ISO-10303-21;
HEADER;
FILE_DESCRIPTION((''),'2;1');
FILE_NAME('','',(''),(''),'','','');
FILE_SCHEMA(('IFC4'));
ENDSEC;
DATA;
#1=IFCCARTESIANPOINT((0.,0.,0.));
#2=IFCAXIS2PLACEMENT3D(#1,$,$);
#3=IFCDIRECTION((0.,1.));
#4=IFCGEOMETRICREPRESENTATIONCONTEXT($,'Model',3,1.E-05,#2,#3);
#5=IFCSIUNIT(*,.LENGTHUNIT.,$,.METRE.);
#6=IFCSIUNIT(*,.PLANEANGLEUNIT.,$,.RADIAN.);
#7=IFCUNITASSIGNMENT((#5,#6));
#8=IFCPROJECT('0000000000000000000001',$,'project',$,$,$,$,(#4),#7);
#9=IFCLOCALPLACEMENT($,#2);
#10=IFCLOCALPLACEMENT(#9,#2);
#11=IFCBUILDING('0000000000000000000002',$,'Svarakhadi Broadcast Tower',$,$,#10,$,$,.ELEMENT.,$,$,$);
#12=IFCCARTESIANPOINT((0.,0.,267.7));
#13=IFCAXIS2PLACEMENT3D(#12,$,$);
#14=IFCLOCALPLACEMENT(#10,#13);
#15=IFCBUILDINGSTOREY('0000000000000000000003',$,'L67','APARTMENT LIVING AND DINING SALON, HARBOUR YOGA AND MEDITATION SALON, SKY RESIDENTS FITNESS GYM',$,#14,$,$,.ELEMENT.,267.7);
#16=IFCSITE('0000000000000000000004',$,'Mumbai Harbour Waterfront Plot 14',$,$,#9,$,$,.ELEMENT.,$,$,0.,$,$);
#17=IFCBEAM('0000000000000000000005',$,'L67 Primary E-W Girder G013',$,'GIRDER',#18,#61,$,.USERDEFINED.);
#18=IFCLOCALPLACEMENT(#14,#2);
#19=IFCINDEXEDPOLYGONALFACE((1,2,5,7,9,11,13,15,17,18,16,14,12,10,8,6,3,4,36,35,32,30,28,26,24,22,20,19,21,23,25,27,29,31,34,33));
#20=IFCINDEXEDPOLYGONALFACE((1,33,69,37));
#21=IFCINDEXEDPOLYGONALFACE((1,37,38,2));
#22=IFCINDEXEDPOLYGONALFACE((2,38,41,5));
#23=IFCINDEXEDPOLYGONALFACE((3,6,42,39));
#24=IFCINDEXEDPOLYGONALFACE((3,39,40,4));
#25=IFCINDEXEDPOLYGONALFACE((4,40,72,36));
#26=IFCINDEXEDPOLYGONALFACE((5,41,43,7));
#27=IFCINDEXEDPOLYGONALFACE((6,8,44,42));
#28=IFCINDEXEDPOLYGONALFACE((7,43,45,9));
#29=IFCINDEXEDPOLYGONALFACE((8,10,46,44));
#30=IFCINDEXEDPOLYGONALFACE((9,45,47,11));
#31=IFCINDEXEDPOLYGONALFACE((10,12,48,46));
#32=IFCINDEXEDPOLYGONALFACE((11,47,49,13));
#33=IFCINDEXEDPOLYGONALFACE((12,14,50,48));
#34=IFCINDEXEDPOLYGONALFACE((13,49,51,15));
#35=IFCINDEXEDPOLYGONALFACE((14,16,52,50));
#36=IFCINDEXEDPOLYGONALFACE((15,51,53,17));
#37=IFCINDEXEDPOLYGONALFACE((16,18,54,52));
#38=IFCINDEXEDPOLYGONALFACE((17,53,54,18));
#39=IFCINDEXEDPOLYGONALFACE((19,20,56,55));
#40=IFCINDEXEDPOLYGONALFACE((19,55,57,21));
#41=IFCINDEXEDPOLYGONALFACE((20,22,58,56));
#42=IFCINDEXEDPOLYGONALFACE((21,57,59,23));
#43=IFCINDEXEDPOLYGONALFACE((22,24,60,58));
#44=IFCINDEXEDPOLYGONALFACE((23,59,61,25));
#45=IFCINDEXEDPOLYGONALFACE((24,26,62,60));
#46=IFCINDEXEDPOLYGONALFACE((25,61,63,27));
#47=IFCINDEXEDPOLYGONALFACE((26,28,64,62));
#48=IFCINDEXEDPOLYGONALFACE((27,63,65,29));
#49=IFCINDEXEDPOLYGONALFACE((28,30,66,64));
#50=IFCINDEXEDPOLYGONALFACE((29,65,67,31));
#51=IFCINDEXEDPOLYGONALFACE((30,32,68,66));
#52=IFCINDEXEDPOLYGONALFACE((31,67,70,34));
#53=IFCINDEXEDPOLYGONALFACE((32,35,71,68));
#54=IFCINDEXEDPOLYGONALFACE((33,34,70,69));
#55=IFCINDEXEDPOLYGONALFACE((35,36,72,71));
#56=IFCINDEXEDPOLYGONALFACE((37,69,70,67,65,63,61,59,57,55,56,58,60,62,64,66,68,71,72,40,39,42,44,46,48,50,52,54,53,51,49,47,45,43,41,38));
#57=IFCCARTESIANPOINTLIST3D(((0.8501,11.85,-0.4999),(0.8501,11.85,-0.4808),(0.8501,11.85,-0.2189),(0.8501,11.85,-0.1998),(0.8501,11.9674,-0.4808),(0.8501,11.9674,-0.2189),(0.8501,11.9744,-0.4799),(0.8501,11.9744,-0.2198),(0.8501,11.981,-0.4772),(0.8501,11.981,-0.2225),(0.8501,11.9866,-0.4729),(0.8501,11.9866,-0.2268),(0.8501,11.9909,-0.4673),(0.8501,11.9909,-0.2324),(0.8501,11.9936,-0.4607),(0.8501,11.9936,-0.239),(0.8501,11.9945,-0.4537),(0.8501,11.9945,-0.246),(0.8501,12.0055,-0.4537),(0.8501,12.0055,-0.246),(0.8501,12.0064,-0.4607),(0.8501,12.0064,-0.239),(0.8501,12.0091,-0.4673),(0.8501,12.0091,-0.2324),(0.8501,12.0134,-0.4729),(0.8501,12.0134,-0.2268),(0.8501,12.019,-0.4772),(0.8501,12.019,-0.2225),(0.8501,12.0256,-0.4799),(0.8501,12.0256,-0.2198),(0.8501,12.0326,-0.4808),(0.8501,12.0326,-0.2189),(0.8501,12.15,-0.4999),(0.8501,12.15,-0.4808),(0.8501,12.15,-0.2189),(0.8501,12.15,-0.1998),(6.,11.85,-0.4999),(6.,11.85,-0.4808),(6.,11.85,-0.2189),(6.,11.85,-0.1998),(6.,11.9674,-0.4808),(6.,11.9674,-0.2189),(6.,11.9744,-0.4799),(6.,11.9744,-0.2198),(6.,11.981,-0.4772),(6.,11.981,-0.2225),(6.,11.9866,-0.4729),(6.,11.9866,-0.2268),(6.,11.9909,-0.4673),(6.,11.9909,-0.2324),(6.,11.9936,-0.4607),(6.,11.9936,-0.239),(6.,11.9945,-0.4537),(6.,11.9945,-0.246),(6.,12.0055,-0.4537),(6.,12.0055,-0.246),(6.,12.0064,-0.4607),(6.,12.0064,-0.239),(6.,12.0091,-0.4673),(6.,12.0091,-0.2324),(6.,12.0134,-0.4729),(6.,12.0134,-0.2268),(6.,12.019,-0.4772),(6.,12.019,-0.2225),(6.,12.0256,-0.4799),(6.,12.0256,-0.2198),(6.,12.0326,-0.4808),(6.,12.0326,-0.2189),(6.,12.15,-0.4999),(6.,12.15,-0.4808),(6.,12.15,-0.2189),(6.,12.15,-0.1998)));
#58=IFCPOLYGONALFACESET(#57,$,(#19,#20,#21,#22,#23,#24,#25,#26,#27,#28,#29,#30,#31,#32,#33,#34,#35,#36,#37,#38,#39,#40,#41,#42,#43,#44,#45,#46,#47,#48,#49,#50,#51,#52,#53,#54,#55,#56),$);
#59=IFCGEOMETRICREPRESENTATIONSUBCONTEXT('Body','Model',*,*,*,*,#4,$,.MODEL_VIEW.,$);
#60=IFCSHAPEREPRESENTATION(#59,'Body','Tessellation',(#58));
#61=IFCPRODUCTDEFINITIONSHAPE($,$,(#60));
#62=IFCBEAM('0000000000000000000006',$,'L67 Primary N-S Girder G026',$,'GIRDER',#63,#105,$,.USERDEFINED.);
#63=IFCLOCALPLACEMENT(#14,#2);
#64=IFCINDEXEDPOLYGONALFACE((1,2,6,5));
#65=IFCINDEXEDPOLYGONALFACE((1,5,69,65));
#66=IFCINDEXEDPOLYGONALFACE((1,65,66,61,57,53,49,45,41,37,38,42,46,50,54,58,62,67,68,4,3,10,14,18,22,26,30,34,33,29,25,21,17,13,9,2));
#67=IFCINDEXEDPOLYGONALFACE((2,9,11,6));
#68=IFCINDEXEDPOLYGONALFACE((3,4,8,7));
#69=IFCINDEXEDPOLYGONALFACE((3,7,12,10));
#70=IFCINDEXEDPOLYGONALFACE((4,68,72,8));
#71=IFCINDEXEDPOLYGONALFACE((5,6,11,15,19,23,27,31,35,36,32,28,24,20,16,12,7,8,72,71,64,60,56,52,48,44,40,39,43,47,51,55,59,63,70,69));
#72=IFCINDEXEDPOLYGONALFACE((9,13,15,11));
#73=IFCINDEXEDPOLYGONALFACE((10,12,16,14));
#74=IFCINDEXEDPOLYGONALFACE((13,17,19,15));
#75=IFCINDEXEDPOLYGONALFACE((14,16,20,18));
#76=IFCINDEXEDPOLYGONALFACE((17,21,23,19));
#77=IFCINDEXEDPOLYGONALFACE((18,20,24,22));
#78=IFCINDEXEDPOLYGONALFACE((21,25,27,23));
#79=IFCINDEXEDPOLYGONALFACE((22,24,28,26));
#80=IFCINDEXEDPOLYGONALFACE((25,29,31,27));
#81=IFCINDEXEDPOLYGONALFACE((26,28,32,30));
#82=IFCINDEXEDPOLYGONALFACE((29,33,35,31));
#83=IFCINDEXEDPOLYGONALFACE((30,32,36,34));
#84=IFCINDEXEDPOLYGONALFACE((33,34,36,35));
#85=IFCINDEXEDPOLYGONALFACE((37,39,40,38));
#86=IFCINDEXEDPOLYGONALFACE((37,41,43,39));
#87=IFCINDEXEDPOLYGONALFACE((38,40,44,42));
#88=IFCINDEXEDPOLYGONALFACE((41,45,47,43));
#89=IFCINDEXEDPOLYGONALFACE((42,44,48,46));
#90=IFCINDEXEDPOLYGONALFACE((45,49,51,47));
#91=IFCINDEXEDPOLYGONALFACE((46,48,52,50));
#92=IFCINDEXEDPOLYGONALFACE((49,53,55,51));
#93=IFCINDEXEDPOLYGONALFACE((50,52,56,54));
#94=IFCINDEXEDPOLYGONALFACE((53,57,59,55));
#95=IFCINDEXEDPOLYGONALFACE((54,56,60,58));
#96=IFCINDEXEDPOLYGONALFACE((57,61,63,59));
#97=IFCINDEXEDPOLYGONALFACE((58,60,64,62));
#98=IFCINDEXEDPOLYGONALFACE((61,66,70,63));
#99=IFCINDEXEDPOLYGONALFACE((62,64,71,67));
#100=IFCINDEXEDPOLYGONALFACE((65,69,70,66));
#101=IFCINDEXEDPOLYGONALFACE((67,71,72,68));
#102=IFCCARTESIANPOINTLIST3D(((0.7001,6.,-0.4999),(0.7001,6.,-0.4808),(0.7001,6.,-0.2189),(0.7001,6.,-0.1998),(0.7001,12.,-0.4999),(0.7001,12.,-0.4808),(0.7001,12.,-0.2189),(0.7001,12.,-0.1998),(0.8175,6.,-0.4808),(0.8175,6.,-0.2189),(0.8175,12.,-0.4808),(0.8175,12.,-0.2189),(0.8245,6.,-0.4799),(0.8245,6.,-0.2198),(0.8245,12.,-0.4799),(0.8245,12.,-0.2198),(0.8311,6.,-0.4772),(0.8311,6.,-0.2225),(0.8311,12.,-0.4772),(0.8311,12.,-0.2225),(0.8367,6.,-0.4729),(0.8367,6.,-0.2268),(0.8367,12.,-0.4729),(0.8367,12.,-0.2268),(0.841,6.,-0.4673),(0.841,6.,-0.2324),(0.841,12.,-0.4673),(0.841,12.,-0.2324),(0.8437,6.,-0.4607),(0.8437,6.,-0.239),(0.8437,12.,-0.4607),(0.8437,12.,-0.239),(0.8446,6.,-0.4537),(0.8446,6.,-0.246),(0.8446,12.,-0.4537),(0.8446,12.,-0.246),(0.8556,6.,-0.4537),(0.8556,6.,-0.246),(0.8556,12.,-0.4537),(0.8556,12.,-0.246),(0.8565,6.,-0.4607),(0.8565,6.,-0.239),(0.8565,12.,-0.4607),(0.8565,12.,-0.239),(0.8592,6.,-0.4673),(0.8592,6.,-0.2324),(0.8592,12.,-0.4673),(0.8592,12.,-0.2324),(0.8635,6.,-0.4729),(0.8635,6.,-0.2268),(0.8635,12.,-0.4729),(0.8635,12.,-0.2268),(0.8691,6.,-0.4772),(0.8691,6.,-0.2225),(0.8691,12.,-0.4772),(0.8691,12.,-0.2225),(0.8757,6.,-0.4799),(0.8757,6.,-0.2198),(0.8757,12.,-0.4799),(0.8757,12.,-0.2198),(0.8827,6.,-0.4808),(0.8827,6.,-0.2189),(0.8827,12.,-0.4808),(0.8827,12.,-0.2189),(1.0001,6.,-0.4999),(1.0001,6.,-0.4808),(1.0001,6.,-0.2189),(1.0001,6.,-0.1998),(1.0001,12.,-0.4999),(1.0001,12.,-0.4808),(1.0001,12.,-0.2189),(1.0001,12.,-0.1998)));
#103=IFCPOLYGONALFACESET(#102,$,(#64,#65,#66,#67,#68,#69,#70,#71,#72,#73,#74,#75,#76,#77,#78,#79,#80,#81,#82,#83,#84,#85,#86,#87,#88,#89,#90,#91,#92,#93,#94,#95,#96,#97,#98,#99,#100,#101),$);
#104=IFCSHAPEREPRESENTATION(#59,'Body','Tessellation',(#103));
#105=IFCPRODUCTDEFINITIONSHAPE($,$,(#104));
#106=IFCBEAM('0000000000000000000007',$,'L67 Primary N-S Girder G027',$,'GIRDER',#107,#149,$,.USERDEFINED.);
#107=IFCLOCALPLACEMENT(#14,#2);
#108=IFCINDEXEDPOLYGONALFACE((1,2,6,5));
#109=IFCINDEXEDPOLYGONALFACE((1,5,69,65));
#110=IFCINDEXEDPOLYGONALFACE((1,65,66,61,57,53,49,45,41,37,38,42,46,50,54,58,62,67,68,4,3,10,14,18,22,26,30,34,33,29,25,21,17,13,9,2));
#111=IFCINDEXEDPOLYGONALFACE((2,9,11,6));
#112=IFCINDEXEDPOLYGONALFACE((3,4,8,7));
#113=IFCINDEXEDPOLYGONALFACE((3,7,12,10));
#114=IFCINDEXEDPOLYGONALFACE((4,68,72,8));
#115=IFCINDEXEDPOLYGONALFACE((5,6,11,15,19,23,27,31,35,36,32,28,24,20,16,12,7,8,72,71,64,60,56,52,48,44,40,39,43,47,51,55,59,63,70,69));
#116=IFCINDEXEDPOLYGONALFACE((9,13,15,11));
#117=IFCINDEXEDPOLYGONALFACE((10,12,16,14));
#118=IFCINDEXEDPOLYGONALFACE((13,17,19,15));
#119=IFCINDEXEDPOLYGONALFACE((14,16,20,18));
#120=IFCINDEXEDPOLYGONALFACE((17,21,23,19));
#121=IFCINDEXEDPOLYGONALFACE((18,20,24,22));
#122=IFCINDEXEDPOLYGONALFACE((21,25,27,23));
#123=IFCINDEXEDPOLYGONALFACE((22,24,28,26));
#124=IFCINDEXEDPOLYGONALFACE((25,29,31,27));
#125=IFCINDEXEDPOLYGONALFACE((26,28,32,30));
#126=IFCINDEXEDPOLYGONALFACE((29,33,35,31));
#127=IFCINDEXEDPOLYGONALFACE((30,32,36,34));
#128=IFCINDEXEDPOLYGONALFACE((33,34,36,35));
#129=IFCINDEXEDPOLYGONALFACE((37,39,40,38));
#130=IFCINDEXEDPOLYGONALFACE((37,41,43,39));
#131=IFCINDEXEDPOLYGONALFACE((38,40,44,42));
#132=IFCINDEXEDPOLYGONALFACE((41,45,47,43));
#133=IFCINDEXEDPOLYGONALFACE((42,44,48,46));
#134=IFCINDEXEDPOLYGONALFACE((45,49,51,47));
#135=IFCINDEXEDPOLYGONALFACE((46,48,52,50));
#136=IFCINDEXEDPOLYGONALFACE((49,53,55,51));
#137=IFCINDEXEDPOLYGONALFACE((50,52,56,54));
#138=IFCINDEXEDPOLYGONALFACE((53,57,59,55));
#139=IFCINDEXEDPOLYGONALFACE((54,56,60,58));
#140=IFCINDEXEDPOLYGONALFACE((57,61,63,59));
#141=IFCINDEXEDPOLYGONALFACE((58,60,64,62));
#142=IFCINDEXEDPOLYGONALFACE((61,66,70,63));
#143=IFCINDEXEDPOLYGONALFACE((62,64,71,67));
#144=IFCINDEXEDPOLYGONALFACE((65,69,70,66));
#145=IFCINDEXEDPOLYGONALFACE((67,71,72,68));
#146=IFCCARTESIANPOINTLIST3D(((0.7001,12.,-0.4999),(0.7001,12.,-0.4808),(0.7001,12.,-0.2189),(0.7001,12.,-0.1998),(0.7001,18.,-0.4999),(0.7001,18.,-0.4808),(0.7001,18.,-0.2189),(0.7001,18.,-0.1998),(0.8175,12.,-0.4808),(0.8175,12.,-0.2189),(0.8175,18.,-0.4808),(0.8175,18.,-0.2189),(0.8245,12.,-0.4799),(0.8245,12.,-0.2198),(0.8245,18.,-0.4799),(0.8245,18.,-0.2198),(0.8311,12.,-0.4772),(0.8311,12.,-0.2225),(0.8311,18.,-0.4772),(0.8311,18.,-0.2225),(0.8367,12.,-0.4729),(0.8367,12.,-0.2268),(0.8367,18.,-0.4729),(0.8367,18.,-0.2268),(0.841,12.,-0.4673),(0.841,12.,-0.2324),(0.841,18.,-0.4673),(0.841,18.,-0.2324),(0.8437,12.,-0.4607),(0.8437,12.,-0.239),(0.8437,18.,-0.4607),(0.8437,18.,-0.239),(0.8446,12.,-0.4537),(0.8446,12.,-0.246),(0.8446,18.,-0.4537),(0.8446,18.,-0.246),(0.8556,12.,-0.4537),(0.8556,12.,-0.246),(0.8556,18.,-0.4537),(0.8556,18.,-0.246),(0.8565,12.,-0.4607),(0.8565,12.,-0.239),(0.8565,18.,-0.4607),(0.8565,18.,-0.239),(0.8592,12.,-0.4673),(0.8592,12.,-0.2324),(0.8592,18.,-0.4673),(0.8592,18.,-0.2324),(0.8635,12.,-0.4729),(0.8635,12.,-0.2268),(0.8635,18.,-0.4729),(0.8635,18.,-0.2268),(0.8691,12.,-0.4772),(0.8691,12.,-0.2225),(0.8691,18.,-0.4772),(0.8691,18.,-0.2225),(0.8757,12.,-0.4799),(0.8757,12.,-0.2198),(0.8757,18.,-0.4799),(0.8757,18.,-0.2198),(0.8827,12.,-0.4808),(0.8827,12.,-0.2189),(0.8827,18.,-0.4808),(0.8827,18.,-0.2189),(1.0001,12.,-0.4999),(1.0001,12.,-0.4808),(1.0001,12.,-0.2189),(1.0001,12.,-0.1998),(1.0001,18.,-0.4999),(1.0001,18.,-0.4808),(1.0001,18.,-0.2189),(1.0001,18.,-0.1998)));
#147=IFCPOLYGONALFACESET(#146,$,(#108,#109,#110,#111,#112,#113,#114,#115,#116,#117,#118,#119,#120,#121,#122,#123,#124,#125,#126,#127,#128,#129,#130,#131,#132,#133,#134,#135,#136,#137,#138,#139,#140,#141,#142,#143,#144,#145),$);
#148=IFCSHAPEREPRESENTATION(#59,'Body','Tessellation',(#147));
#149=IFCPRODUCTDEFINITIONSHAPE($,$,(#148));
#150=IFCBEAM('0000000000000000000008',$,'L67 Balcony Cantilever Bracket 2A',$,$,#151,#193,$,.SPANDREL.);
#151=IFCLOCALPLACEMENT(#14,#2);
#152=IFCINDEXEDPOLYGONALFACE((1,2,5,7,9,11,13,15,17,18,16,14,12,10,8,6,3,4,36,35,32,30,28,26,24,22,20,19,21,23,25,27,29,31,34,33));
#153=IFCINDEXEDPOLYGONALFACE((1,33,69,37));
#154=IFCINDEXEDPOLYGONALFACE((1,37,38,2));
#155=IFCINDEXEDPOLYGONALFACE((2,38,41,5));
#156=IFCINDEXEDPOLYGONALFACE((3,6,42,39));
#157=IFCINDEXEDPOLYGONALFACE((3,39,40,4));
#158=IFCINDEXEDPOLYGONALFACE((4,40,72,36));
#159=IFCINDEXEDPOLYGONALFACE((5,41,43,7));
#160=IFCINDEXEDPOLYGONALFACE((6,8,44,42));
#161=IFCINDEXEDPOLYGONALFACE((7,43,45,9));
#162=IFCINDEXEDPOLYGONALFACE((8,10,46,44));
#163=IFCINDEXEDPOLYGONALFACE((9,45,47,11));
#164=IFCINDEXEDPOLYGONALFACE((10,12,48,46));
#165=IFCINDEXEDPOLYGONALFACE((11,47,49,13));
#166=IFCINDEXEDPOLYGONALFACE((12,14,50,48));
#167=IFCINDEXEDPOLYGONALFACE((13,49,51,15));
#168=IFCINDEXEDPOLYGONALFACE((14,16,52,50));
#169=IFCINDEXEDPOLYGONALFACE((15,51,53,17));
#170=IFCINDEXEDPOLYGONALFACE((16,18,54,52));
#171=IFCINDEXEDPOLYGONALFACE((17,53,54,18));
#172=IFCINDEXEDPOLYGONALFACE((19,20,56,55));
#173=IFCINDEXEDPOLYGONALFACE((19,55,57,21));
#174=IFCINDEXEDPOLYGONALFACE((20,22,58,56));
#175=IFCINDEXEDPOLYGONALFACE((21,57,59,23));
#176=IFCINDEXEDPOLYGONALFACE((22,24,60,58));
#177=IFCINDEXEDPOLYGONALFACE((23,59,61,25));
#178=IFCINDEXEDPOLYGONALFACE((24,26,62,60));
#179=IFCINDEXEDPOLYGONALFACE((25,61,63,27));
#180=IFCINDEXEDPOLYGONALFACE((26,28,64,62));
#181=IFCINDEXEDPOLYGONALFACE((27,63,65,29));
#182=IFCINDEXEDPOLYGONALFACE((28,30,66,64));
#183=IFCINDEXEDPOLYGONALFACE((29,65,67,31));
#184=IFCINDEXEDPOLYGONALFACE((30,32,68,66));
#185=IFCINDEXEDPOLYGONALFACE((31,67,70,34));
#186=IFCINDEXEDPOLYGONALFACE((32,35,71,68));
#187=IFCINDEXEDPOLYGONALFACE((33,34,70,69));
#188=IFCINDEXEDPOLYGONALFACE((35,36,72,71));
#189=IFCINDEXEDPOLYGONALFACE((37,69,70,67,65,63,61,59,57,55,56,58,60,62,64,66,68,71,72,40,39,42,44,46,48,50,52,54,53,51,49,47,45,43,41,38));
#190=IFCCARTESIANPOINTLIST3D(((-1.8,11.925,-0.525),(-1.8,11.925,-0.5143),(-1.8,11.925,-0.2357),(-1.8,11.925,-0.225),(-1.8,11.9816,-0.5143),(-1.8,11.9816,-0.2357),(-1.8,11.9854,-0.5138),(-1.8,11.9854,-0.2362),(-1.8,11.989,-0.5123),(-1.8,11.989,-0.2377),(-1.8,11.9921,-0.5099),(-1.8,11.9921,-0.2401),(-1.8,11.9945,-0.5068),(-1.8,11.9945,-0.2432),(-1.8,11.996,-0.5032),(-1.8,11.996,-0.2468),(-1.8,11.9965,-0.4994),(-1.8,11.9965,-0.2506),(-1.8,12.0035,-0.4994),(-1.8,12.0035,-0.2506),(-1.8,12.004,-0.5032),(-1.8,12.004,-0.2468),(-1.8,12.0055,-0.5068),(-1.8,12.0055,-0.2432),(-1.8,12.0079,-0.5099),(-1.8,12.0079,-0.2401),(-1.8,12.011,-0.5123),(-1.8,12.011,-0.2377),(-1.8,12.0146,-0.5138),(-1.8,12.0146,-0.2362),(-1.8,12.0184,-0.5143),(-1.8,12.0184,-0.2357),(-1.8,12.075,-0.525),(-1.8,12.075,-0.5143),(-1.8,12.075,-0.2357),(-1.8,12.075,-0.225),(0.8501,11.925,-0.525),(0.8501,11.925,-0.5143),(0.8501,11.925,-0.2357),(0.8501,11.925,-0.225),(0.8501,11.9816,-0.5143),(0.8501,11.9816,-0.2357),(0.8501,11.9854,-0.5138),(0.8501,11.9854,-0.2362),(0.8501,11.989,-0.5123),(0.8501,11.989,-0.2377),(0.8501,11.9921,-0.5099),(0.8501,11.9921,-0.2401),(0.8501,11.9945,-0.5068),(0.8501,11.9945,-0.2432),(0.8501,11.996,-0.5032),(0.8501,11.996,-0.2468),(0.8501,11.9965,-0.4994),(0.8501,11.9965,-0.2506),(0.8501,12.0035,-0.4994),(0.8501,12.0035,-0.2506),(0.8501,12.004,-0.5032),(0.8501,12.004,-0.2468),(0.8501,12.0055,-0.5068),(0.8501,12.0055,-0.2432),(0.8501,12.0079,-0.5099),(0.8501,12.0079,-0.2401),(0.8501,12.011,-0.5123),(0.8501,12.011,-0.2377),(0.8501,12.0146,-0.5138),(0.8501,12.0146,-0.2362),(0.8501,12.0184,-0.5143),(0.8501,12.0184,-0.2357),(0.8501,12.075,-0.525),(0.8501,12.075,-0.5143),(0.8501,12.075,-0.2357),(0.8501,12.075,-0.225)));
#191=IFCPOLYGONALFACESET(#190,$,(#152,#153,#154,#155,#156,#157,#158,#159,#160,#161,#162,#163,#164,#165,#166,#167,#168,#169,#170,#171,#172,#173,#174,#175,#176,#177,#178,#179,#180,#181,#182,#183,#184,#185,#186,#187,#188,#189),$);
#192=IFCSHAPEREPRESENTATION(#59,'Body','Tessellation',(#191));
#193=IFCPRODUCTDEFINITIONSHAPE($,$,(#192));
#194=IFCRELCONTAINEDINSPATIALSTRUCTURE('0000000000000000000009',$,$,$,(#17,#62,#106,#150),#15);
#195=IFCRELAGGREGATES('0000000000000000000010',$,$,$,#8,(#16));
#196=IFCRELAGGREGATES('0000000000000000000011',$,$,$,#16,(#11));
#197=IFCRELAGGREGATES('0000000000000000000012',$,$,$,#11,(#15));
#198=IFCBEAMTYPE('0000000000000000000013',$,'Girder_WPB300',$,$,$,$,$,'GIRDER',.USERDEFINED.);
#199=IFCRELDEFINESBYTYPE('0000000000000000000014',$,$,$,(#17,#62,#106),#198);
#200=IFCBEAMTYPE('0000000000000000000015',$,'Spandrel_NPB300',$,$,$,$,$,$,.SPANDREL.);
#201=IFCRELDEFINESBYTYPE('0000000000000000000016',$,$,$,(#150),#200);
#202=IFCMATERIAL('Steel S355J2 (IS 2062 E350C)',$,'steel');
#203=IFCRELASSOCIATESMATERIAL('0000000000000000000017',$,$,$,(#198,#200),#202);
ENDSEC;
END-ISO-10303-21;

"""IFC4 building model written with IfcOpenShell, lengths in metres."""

from ifc_helpers import new_model, si_unit, direction, frame, origin, origin_2d, place, context, subcontext, project, spatial, i_section, extrude, material, material_profile, profile_set, type_object, element, save


model = new_model("IFC4")

# Units and contexts
model_context = context("Model", 3, precision=1e-05, world=origin(), true_north=direction((0.0, 1.0)))
body_context = subcontext(model_context, "Body", "Model", "MODEL_VIEW")
ifc_project = project(units=[si_unit("LENGTHUNIT", "METRE"), si_unit("PLANEANGLEUNIT", "RADIAN")], contexts=[model_context])

# Site, building, storey
site_placement = place(None, origin())
site = spatial("IfcSite", under=ifc_project, at=site_placement, Name="Mumbai Harbour Waterfront Plot 14", CompositionType="ELEMENT", RefElevation=0.0)
building_placement = place(site_placement, origin())
building = spatial("IfcBuilding", under=site, at=building_placement, Name="Svarakhadi Broadcast Tower", CompositionType="ELEMENT")
storey_placement = place(building_placement, frame((0.0, 0.0, 267.7)))
storey = spatial("IfcBuildingStorey", under=building, at=storey_placement, Name="L67", Description="APARTMENT LIVING AND DINING SALON, HARBOUR YOGA AND MEDITATION SALON, SKY RESIDENTS FITNESS GYM", CompositionType="ELEMENT", Elevation=267.7)

# Shared definitions
ifc_material_1 = material(Name="Steel S355J2 (IS 2062 E350C)", Category="steel")

# Beams
ifc_material_profile_1 = material_profile(ifc_material_1, i_section(OverallWidth=0.3, OverallDepth=0.3, WebThickness=0.011, FlangeThickness=0.019, FilletRadius=0.0271, at=origin_2d()), Name="WPB 300x300x117")
ifc_profile_set_1 = profile_set([ifc_material_profile_1], Name="Steel S355J2 (IS 2062 E350C)")
beam_type_1 = type_object("IfcBeamType", Name="Girder_WPB300", ElementType="GIRDER", PredefinedType="USERDEFINED", material=ifc_profile_set_1)
for number, where, z_axis, x_axis, name in (
    (1, (0.8501, 12.0, -0.3499), (1.0, 0.0, 0.0), (0.0, 1.0, 0.0), "L67 Primary E-W Girder G013"),
):
    element("IfcBeam", number, at=place(storey_placement, frame(where, z_axis=z_axis, x_axis=x_axis)), inside=storey, type_object=beam_type_1, Name=name, ObjectType="GIRDER", PredefinedType="USERDEFINED", context=body_context, shape_type="SweptSolid", body=[
        extrude(i_section(OverallWidth=0.3, OverallDepth=0.3, WebThickness=0.011, FlangeThickness=0.019, FilletRadius=0.0271, at=origin_2d()), origin(), (0.0, 0.0, 1.0), 5.1499),
    ])
for number, where, z_axis, x_axis, name in (
    (2, (0.8501, 6.0, -0.3499), (0.0, 1.0, 0.0), (-1.0, 0.0, 0.0), "L67 Primary N-S Girder G026"),
    (3, (0.8501, 12.0, -0.3499), (0.0, 1.0, 0.0), (-1.0, 0.0, 0.0), "L67 Primary N-S Girder G027"),
):
    element("IfcBeam", number, at=place(storey_placement, frame(where, z_axis=z_axis, x_axis=x_axis)), inside=storey, type_object=beam_type_1, Name=name, ObjectType="GIRDER", PredefinedType="USERDEFINED", context=body_context, shape_type="SweptSolid", body=[
        extrude(i_section(OverallWidth=0.3, OverallDepth=0.3, WebThickness=0.011, FlangeThickness=0.019, FilletRadius=0.0271, at=origin_2d()), origin(), (0.0, 0.0, 1.0), 6.0),
    ])
ifc_material_profile_2 = material_profile(ifc_material_1, i_section(OverallWidth=0.1499, OverallDepth=0.3, WebThickness=0.0071, FlangeThickness=0.0107, FilletRadius=0.0149, at=origin_2d()), Name="NPB 300x150x37")
ifc_profile_set_2 = profile_set([ifc_material_profile_2], Name="Steel S355J2 (IS 2062 E350C)")
beam_type_2 = type_object("IfcBeamType", Name="Spandrel_NPB300", PredefinedType="SPANDREL", material=ifc_profile_set_2)
beam_1_placement = place(storey_placement, frame((0.8501, 12.0, -0.375), z_axis=(-1.0, 0.0, 0.0), x_axis=(0.0, -1.0, 0.0)))
element("IfcBeam", 4, at=beam_1_placement, inside=storey, type_object=beam_type_2, Name="L67 Balcony Cantilever Bracket 2A", PredefinedType="SPANDREL", context=body_context, shape_type="SweptSolid", body=[
    extrude(i_section(OverallWidth=0.1499, OverallDepth=0.3, WebThickness=0.0071, FlangeThickness=0.0107, FilletRadius=0.0149, at=origin_2d()), origin(), (0.0, 0.0, 1.0), 2.6501),
])

save(model, "model.ifc")
